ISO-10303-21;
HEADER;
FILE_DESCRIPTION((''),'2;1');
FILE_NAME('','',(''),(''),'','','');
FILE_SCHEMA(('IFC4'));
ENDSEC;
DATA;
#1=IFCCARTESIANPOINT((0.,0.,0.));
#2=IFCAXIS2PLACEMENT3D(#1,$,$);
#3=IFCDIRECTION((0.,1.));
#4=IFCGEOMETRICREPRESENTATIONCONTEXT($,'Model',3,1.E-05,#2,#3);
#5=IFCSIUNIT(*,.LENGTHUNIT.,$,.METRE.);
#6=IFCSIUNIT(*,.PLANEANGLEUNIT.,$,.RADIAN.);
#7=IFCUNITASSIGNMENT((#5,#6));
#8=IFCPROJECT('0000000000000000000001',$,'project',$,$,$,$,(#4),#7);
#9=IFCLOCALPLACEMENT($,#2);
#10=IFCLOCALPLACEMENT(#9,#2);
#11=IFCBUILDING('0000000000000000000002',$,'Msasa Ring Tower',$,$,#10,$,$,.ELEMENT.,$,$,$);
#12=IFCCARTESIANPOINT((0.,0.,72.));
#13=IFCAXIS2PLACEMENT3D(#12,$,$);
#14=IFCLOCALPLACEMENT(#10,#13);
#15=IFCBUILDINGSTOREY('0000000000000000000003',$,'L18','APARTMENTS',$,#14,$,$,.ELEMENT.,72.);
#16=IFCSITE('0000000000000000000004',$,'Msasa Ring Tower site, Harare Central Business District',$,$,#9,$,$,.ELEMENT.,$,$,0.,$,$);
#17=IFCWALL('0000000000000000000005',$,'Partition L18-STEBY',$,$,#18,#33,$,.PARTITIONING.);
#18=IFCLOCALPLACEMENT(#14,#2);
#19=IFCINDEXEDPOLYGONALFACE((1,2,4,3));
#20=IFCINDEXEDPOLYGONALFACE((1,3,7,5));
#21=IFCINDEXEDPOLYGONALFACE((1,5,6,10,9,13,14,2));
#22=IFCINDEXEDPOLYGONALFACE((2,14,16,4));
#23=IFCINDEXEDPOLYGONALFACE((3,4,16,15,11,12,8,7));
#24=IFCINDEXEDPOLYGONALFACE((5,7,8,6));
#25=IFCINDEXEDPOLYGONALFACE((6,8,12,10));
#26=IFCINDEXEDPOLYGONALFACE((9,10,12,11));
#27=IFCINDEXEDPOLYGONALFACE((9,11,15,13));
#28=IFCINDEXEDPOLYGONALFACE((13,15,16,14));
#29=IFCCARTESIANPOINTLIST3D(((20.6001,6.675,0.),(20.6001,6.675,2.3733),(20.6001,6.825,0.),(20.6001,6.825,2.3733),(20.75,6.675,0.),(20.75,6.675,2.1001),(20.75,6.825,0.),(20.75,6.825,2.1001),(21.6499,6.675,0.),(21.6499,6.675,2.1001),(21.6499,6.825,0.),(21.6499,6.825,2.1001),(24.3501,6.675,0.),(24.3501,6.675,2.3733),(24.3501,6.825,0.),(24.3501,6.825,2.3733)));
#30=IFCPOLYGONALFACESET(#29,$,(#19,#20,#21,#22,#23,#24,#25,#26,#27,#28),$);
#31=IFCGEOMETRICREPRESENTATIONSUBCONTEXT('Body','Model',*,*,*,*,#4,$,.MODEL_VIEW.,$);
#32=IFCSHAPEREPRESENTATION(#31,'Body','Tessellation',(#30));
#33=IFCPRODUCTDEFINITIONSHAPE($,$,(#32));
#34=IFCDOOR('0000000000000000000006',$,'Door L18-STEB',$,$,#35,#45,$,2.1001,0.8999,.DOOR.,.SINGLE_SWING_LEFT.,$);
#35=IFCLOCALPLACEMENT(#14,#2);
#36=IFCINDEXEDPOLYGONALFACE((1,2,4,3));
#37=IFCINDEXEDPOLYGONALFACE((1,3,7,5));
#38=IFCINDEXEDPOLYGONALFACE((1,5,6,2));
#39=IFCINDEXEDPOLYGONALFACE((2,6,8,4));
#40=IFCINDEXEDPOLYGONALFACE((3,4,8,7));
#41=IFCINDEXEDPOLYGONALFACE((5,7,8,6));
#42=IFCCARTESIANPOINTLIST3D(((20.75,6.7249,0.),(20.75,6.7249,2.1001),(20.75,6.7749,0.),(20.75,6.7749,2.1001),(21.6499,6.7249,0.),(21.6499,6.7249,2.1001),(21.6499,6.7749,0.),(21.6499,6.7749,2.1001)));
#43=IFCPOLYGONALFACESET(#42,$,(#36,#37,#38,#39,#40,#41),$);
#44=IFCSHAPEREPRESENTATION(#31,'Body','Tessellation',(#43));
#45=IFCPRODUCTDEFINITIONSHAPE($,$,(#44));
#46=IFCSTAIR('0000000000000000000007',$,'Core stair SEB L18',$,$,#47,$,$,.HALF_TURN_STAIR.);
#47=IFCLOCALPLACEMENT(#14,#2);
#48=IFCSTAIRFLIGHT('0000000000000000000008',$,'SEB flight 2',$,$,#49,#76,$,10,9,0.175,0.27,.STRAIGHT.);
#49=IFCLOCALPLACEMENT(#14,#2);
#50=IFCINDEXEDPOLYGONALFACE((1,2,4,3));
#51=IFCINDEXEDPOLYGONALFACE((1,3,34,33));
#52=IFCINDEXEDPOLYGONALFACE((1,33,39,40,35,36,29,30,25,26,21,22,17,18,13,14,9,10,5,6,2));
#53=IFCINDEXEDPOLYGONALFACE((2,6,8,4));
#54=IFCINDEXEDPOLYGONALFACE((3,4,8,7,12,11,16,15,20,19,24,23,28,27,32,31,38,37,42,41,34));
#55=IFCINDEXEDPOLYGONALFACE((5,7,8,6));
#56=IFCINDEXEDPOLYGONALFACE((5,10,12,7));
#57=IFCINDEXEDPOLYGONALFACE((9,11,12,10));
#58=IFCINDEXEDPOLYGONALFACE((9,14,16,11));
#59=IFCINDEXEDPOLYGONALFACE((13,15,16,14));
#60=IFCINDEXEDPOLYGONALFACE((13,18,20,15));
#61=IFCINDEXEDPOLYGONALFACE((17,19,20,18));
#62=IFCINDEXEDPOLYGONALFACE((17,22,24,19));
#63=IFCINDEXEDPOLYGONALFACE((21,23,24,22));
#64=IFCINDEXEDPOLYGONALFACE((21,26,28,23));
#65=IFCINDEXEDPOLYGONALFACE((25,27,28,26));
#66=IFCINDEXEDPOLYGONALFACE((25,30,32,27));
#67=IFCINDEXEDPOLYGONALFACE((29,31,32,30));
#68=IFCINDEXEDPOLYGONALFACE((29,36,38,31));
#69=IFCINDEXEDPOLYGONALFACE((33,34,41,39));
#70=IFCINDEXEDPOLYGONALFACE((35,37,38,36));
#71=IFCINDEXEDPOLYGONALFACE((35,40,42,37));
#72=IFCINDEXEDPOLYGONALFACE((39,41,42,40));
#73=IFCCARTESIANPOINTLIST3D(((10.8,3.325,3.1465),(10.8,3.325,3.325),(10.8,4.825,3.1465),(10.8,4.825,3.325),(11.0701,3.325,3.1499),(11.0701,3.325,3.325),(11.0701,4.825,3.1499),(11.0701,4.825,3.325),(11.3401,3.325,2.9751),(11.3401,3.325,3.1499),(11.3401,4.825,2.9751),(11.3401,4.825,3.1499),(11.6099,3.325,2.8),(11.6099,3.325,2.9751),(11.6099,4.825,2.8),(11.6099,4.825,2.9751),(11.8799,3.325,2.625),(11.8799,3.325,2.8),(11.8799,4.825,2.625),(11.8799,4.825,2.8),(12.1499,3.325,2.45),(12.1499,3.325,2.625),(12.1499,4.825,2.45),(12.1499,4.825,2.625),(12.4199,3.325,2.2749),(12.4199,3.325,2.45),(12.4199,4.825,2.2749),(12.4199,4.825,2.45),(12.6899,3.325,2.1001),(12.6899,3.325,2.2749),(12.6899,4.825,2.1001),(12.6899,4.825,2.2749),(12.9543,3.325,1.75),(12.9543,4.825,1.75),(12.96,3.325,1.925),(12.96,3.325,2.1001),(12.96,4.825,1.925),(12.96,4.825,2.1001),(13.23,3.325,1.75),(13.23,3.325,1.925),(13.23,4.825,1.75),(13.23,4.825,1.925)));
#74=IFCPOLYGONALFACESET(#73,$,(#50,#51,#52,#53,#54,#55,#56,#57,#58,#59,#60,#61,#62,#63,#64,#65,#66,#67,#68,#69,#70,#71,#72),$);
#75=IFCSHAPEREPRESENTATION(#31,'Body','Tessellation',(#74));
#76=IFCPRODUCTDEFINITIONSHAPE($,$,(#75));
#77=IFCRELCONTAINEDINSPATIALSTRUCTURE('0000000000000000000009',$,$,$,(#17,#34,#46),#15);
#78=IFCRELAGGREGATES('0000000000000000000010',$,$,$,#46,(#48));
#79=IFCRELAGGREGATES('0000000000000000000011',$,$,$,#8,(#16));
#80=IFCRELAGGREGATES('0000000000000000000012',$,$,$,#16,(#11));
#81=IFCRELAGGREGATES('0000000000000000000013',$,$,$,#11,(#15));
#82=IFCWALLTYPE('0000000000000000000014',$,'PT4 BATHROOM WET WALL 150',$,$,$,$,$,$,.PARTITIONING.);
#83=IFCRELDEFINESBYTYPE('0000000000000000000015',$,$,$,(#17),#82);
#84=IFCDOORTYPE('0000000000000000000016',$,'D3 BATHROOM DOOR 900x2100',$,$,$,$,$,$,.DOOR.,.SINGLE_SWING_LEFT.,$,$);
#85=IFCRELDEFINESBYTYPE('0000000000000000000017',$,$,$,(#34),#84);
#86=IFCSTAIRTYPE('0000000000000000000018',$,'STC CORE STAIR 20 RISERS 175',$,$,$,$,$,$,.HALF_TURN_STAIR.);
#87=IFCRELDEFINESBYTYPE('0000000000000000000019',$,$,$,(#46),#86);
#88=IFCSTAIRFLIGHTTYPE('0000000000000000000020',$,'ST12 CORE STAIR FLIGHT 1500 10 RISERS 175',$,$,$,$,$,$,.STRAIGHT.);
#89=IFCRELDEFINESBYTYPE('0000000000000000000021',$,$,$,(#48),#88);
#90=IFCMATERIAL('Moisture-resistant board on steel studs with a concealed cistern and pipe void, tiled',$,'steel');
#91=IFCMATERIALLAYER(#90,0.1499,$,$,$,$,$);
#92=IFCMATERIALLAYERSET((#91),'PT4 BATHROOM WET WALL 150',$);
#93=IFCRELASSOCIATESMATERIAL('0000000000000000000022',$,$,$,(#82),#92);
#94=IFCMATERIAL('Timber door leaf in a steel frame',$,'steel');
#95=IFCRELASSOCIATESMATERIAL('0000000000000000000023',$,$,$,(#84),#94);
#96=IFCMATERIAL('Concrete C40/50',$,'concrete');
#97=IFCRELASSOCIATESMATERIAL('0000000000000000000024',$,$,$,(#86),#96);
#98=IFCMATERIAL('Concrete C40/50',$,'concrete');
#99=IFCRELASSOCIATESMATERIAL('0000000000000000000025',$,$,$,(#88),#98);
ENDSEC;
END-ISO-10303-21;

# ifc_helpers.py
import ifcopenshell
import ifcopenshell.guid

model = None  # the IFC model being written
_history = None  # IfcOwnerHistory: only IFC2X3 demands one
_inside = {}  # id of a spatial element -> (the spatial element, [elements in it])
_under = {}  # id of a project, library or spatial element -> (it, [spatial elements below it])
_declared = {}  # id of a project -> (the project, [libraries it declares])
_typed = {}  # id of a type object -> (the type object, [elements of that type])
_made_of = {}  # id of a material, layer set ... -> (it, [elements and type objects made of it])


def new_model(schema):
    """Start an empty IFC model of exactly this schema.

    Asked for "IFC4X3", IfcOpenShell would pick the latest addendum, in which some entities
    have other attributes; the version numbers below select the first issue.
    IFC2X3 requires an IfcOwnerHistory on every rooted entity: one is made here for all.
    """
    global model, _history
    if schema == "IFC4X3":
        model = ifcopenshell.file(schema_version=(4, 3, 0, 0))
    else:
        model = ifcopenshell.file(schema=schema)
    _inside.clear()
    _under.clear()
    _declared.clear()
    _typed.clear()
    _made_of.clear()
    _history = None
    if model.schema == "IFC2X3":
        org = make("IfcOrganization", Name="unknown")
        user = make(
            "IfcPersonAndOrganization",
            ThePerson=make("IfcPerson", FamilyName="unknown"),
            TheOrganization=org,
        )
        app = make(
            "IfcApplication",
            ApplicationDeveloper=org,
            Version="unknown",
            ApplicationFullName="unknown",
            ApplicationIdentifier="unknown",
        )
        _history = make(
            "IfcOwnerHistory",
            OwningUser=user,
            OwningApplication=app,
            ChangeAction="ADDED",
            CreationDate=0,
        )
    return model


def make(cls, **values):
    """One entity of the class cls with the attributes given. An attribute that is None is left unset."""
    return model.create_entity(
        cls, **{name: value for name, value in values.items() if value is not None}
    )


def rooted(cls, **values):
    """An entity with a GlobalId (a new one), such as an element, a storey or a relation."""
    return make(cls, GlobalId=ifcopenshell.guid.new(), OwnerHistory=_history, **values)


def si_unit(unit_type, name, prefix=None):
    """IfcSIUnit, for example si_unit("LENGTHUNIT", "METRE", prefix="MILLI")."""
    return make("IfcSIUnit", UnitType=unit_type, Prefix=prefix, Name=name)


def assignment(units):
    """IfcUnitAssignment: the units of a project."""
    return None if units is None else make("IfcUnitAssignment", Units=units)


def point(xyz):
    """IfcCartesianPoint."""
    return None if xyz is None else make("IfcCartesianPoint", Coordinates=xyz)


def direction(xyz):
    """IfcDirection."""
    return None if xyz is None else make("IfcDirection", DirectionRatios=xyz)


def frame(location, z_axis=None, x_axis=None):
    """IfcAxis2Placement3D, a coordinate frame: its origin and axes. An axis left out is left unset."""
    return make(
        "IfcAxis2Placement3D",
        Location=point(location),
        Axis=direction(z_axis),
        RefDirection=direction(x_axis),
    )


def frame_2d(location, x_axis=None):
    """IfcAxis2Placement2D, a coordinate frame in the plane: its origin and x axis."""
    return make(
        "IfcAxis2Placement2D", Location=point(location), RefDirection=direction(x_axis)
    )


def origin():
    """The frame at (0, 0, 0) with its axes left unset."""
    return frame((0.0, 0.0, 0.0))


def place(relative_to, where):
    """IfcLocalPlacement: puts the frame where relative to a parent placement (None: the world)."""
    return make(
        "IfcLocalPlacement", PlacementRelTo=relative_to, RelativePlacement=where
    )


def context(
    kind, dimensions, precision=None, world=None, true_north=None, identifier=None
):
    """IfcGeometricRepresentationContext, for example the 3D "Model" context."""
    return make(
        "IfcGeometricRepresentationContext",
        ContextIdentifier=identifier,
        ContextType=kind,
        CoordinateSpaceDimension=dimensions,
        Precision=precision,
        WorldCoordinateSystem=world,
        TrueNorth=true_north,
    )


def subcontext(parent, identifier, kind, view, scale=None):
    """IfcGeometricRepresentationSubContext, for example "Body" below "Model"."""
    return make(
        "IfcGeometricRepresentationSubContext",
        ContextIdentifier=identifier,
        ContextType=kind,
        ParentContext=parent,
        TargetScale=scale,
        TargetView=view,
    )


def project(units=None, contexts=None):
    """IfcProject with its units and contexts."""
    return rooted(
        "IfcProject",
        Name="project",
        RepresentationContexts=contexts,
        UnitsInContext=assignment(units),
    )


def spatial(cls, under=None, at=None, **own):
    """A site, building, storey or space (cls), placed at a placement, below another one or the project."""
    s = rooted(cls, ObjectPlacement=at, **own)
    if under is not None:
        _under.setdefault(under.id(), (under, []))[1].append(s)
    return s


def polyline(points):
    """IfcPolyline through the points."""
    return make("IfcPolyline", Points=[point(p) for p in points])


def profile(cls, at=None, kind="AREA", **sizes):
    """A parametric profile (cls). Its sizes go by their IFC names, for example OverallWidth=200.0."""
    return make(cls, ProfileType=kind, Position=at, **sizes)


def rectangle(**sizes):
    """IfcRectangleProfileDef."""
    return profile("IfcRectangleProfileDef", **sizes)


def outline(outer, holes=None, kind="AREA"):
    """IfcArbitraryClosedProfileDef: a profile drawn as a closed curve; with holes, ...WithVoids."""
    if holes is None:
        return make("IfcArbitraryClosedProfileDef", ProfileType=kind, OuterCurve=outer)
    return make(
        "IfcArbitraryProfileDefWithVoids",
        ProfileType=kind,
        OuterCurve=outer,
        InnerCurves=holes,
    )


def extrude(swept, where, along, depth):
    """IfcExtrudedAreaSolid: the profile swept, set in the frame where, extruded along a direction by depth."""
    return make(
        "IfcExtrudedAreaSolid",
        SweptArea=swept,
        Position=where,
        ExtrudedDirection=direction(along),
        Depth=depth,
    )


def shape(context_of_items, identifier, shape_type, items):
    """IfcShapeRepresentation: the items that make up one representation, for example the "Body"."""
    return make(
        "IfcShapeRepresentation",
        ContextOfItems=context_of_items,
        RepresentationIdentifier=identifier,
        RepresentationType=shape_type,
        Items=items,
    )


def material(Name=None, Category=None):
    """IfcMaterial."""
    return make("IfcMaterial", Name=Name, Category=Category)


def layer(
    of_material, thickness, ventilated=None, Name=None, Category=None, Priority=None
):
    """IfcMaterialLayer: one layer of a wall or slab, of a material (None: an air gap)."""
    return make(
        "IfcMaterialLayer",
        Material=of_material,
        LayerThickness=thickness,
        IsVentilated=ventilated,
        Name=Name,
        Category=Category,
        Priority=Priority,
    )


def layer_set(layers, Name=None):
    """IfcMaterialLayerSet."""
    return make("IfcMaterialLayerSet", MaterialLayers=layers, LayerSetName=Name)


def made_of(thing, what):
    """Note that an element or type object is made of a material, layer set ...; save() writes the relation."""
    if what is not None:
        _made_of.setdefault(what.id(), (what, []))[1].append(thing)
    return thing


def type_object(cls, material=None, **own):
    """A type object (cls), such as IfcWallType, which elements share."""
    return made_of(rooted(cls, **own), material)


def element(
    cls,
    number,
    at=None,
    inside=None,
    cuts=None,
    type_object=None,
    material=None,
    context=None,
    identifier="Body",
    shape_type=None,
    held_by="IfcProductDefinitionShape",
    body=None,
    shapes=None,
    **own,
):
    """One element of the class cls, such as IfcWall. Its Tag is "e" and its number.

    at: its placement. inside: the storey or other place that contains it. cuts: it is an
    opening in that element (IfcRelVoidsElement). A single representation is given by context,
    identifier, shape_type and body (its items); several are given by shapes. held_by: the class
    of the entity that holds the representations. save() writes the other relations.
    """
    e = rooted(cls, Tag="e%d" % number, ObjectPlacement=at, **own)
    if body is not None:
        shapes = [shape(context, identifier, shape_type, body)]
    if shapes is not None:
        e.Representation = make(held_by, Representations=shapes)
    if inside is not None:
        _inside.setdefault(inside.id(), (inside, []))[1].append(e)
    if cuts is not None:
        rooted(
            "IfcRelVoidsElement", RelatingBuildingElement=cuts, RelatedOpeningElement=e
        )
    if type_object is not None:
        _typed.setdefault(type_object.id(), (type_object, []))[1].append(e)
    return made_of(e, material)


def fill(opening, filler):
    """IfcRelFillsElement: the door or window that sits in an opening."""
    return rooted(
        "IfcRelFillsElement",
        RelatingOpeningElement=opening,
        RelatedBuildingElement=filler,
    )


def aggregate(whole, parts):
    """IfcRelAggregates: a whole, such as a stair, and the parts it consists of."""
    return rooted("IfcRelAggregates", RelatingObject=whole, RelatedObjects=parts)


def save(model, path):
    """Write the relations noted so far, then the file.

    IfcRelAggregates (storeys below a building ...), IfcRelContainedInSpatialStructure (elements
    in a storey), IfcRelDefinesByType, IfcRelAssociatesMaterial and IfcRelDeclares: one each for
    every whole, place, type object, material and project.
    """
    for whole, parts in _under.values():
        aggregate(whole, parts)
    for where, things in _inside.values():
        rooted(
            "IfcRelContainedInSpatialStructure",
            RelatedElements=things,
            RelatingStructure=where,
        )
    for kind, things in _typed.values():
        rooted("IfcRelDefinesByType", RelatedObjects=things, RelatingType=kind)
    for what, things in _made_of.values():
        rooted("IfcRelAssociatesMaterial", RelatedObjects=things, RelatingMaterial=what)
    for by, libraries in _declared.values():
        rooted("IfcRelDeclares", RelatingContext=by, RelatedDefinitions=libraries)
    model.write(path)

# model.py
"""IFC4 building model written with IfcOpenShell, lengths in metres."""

from ifc_helpers import new_model, si_unit, direction, frame, frame_2d, origin, place, context, subcontext, project, spatial, polyline, rectangle, outline, extrude, material, layer, layer_set, type_object, element, fill, aggregate, save


model = new_model("IFC4")

# Units and contexts
model_context = context("Model", 3, precision=1e-05, world=origin(), true_north=direction((0.0, 1.0)))
body_context = subcontext(model_context, "Body", "Model", "MODEL_VIEW")
ifc_project = project(units=[si_unit("LENGTHUNIT", "METRE"), si_unit("PLANEANGLEUNIT", "RADIAN")], contexts=[model_context])

# Site, building, storey
site_placement = place(None, origin())
site = spatial("IfcSite", under=ifc_project, at=site_placement, Name="Msasa Ring Tower site, Harare Central Business District", CompositionType="ELEMENT", RefElevation=0.0)
building_placement = place(site_placement, origin())
building = spatial("IfcBuilding", under=site, at=building_placement, Name="Msasa Ring Tower", CompositionType="ELEMENT")
storey_placement = place(building_placement, frame((0.0, 0.0, 72.0)))
storey = spatial("IfcBuildingStorey", under=building, at=storey_placement, Name="L18", Description="APARTMENTS", CompositionType="ELEMENT", Elevation=72.0)

# Wall, opening, door
ifc_material_1 = material(Name="Moisture-resistant board on steel studs with a concealed cistern and pipe void, tiled", Category="steel")
ifc_layer_1 = layer(ifc_material_1, 0.1499)
ifc_layer_set_1 = layer_set([ifc_layer_1], Name="PT4 BATHROOM WET WALL 150")
wall_type_1 = type_object("IfcWallType", Name="PT4 BATHROOM WET WALL 150", PredefinedType="PARTITIONING", material=ifc_layer_set_1)
wall_1_placement = place(storey_placement, frame((20.6001, 6.75, 0.0), z_axis=(0.0, 0.0, 1.0), x_axis=(1.0, 0.0, 0.0)))
wall_1 = element("IfcWall", 1, at=wall_1_placement, inside=storey, type_object=wall_type_1, Name="Partition L18-STEBY", PredefinedType="PARTITIONING", context=body_context, shape_type="SweptSolid", body=[
    extrude(rectangle(XDim=3.75, YDim=0.1499, at=frame_2d((1.875, 0.0))), origin(), (0.0, 0.0, 1.0), 2.3733),
])
opening_1_placement = place(wall_1_placement, frame((0.1499, 0.0, 0.0)))
opening_1 = element("IfcOpeningElement", 2, at=opening_1_placement, cuts=wall_1, PredefinedType="OPENING", context=body_context, shape_type="SweptSolid", body=[
    extrude(rectangle(XDim=0.8999, YDim=2.1001, at=frame_2d((0.45, 1.05))), frame((0.0, 0.085, 0.0), z_axis=(0.0, -1.0, 0.0), x_axis=(1.0, 0.0, 0.0)), (0.0, 0.0, 1.0), 0.1699),
])
ifc_material_2 = material(Name="Timber door leaf in a steel frame", Category="steel")
door_type_1 = type_object("IfcDoorType", Name="D3 BATHROOM DOOR 900x2100", OperationType="SINGLE_SWING_LEFT", PredefinedType="DOOR", material=ifc_material_2)
door_1_placement = place(opening_1_placement, origin())
door_1 = element("IfcDoor", 3, at=door_1_placement, inside=storey, type_object=door_type_1, Name="Door L18-STEB", OperationType="SINGLE_SWING_LEFT", OverallHeight=2.1001, OverallWidth=0.8999, PredefinedType="DOOR", context=body_context, shape_type="SweptSolid", body=[
    extrude(rectangle(XDim=0.8999, YDim=2.1001, at=frame_2d((0.45, 1.05))), frame((0.0, 0.0249, 0.0), z_axis=(0.0, -1.0, 0.0), x_axis=(1.0, 0.0, 0.0)), (0.0, 0.0, 1.0), 0.05),
])
fill(opening_1, door_1)

# Stair, stair flight
ifc_material_3 = material(Name="Concrete C40/50", Category="concrete")
stair_type = type_object("IfcStairType", Name="STC CORE STAIR 20 RISERS 175", PredefinedType="HALF_TURN_STAIR", material=ifc_material_3)
stair_placement = place(storey_placement, origin())
stair = element("IfcStair", 4, at=stair_placement, inside=storey, type_object=stair_type, Name="Core stair SEB L18", PredefinedType="HALF_TURN_STAIR")
ifc_material_4 = material(Name="Concrete C40/50", Category="concrete")
stair_flight_type = type_object("IfcStairFlightType", Name="ST12 CORE STAIR FLIGHT 1500 10 RISERS 175", PredefinedType="STRAIGHT", material=ifc_material_4)
stair_flight_placement = place(storey_placement, frame((13.23, 4.075, 1.75), z_axis=(0.0, 0.0, 1.0), x_axis=(-1.0, 0.0, 0.0)))
stair_flight = element("IfcStairFlight", 5, at=stair_flight_placement, type_object=stair_flight_type, Name="SEB flight 2", NumberOfRisers=10, NumberOfTreads=9, PredefinedType="STRAIGHT", RiserHeight=0.175, TreadLength=0.27, context=body_context, shape_type="SweptSolid", body=[
    extrude(outline(polyline([(0.0, 0.0), (0.0, 0.175), (0.27, 0.175), (0.27, 0.3501), (0.54, 0.3501), (0.54, 0.5249), (0.8101, 0.5249), (0.8101, 0.7), (1.0801, 0.7), (1.0801, 0.875), (1.3501, 0.875), (1.3501, 1.05), (1.6201, 1.05), (1.6201, 1.2251), (1.8899, 1.2251), (1.8899, 1.3999), (2.1599, 1.3999), (2.1599, 1.575), (2.4299, 1.575), (2.4299, 1.75), (2.4299, 1.3965), (0.2756, 0.0), (0.0, 0.0)])), frame((0.0, 0.75, 0.0), z_axis=(0.0, -1.0, 0.0), x_axis=(1.0, 0.0, 0.0)), (0.0, 0.0, 1.0), 1.5),
])
aggregate(stair, [stair_flight])

save(model, "model.ifc")
